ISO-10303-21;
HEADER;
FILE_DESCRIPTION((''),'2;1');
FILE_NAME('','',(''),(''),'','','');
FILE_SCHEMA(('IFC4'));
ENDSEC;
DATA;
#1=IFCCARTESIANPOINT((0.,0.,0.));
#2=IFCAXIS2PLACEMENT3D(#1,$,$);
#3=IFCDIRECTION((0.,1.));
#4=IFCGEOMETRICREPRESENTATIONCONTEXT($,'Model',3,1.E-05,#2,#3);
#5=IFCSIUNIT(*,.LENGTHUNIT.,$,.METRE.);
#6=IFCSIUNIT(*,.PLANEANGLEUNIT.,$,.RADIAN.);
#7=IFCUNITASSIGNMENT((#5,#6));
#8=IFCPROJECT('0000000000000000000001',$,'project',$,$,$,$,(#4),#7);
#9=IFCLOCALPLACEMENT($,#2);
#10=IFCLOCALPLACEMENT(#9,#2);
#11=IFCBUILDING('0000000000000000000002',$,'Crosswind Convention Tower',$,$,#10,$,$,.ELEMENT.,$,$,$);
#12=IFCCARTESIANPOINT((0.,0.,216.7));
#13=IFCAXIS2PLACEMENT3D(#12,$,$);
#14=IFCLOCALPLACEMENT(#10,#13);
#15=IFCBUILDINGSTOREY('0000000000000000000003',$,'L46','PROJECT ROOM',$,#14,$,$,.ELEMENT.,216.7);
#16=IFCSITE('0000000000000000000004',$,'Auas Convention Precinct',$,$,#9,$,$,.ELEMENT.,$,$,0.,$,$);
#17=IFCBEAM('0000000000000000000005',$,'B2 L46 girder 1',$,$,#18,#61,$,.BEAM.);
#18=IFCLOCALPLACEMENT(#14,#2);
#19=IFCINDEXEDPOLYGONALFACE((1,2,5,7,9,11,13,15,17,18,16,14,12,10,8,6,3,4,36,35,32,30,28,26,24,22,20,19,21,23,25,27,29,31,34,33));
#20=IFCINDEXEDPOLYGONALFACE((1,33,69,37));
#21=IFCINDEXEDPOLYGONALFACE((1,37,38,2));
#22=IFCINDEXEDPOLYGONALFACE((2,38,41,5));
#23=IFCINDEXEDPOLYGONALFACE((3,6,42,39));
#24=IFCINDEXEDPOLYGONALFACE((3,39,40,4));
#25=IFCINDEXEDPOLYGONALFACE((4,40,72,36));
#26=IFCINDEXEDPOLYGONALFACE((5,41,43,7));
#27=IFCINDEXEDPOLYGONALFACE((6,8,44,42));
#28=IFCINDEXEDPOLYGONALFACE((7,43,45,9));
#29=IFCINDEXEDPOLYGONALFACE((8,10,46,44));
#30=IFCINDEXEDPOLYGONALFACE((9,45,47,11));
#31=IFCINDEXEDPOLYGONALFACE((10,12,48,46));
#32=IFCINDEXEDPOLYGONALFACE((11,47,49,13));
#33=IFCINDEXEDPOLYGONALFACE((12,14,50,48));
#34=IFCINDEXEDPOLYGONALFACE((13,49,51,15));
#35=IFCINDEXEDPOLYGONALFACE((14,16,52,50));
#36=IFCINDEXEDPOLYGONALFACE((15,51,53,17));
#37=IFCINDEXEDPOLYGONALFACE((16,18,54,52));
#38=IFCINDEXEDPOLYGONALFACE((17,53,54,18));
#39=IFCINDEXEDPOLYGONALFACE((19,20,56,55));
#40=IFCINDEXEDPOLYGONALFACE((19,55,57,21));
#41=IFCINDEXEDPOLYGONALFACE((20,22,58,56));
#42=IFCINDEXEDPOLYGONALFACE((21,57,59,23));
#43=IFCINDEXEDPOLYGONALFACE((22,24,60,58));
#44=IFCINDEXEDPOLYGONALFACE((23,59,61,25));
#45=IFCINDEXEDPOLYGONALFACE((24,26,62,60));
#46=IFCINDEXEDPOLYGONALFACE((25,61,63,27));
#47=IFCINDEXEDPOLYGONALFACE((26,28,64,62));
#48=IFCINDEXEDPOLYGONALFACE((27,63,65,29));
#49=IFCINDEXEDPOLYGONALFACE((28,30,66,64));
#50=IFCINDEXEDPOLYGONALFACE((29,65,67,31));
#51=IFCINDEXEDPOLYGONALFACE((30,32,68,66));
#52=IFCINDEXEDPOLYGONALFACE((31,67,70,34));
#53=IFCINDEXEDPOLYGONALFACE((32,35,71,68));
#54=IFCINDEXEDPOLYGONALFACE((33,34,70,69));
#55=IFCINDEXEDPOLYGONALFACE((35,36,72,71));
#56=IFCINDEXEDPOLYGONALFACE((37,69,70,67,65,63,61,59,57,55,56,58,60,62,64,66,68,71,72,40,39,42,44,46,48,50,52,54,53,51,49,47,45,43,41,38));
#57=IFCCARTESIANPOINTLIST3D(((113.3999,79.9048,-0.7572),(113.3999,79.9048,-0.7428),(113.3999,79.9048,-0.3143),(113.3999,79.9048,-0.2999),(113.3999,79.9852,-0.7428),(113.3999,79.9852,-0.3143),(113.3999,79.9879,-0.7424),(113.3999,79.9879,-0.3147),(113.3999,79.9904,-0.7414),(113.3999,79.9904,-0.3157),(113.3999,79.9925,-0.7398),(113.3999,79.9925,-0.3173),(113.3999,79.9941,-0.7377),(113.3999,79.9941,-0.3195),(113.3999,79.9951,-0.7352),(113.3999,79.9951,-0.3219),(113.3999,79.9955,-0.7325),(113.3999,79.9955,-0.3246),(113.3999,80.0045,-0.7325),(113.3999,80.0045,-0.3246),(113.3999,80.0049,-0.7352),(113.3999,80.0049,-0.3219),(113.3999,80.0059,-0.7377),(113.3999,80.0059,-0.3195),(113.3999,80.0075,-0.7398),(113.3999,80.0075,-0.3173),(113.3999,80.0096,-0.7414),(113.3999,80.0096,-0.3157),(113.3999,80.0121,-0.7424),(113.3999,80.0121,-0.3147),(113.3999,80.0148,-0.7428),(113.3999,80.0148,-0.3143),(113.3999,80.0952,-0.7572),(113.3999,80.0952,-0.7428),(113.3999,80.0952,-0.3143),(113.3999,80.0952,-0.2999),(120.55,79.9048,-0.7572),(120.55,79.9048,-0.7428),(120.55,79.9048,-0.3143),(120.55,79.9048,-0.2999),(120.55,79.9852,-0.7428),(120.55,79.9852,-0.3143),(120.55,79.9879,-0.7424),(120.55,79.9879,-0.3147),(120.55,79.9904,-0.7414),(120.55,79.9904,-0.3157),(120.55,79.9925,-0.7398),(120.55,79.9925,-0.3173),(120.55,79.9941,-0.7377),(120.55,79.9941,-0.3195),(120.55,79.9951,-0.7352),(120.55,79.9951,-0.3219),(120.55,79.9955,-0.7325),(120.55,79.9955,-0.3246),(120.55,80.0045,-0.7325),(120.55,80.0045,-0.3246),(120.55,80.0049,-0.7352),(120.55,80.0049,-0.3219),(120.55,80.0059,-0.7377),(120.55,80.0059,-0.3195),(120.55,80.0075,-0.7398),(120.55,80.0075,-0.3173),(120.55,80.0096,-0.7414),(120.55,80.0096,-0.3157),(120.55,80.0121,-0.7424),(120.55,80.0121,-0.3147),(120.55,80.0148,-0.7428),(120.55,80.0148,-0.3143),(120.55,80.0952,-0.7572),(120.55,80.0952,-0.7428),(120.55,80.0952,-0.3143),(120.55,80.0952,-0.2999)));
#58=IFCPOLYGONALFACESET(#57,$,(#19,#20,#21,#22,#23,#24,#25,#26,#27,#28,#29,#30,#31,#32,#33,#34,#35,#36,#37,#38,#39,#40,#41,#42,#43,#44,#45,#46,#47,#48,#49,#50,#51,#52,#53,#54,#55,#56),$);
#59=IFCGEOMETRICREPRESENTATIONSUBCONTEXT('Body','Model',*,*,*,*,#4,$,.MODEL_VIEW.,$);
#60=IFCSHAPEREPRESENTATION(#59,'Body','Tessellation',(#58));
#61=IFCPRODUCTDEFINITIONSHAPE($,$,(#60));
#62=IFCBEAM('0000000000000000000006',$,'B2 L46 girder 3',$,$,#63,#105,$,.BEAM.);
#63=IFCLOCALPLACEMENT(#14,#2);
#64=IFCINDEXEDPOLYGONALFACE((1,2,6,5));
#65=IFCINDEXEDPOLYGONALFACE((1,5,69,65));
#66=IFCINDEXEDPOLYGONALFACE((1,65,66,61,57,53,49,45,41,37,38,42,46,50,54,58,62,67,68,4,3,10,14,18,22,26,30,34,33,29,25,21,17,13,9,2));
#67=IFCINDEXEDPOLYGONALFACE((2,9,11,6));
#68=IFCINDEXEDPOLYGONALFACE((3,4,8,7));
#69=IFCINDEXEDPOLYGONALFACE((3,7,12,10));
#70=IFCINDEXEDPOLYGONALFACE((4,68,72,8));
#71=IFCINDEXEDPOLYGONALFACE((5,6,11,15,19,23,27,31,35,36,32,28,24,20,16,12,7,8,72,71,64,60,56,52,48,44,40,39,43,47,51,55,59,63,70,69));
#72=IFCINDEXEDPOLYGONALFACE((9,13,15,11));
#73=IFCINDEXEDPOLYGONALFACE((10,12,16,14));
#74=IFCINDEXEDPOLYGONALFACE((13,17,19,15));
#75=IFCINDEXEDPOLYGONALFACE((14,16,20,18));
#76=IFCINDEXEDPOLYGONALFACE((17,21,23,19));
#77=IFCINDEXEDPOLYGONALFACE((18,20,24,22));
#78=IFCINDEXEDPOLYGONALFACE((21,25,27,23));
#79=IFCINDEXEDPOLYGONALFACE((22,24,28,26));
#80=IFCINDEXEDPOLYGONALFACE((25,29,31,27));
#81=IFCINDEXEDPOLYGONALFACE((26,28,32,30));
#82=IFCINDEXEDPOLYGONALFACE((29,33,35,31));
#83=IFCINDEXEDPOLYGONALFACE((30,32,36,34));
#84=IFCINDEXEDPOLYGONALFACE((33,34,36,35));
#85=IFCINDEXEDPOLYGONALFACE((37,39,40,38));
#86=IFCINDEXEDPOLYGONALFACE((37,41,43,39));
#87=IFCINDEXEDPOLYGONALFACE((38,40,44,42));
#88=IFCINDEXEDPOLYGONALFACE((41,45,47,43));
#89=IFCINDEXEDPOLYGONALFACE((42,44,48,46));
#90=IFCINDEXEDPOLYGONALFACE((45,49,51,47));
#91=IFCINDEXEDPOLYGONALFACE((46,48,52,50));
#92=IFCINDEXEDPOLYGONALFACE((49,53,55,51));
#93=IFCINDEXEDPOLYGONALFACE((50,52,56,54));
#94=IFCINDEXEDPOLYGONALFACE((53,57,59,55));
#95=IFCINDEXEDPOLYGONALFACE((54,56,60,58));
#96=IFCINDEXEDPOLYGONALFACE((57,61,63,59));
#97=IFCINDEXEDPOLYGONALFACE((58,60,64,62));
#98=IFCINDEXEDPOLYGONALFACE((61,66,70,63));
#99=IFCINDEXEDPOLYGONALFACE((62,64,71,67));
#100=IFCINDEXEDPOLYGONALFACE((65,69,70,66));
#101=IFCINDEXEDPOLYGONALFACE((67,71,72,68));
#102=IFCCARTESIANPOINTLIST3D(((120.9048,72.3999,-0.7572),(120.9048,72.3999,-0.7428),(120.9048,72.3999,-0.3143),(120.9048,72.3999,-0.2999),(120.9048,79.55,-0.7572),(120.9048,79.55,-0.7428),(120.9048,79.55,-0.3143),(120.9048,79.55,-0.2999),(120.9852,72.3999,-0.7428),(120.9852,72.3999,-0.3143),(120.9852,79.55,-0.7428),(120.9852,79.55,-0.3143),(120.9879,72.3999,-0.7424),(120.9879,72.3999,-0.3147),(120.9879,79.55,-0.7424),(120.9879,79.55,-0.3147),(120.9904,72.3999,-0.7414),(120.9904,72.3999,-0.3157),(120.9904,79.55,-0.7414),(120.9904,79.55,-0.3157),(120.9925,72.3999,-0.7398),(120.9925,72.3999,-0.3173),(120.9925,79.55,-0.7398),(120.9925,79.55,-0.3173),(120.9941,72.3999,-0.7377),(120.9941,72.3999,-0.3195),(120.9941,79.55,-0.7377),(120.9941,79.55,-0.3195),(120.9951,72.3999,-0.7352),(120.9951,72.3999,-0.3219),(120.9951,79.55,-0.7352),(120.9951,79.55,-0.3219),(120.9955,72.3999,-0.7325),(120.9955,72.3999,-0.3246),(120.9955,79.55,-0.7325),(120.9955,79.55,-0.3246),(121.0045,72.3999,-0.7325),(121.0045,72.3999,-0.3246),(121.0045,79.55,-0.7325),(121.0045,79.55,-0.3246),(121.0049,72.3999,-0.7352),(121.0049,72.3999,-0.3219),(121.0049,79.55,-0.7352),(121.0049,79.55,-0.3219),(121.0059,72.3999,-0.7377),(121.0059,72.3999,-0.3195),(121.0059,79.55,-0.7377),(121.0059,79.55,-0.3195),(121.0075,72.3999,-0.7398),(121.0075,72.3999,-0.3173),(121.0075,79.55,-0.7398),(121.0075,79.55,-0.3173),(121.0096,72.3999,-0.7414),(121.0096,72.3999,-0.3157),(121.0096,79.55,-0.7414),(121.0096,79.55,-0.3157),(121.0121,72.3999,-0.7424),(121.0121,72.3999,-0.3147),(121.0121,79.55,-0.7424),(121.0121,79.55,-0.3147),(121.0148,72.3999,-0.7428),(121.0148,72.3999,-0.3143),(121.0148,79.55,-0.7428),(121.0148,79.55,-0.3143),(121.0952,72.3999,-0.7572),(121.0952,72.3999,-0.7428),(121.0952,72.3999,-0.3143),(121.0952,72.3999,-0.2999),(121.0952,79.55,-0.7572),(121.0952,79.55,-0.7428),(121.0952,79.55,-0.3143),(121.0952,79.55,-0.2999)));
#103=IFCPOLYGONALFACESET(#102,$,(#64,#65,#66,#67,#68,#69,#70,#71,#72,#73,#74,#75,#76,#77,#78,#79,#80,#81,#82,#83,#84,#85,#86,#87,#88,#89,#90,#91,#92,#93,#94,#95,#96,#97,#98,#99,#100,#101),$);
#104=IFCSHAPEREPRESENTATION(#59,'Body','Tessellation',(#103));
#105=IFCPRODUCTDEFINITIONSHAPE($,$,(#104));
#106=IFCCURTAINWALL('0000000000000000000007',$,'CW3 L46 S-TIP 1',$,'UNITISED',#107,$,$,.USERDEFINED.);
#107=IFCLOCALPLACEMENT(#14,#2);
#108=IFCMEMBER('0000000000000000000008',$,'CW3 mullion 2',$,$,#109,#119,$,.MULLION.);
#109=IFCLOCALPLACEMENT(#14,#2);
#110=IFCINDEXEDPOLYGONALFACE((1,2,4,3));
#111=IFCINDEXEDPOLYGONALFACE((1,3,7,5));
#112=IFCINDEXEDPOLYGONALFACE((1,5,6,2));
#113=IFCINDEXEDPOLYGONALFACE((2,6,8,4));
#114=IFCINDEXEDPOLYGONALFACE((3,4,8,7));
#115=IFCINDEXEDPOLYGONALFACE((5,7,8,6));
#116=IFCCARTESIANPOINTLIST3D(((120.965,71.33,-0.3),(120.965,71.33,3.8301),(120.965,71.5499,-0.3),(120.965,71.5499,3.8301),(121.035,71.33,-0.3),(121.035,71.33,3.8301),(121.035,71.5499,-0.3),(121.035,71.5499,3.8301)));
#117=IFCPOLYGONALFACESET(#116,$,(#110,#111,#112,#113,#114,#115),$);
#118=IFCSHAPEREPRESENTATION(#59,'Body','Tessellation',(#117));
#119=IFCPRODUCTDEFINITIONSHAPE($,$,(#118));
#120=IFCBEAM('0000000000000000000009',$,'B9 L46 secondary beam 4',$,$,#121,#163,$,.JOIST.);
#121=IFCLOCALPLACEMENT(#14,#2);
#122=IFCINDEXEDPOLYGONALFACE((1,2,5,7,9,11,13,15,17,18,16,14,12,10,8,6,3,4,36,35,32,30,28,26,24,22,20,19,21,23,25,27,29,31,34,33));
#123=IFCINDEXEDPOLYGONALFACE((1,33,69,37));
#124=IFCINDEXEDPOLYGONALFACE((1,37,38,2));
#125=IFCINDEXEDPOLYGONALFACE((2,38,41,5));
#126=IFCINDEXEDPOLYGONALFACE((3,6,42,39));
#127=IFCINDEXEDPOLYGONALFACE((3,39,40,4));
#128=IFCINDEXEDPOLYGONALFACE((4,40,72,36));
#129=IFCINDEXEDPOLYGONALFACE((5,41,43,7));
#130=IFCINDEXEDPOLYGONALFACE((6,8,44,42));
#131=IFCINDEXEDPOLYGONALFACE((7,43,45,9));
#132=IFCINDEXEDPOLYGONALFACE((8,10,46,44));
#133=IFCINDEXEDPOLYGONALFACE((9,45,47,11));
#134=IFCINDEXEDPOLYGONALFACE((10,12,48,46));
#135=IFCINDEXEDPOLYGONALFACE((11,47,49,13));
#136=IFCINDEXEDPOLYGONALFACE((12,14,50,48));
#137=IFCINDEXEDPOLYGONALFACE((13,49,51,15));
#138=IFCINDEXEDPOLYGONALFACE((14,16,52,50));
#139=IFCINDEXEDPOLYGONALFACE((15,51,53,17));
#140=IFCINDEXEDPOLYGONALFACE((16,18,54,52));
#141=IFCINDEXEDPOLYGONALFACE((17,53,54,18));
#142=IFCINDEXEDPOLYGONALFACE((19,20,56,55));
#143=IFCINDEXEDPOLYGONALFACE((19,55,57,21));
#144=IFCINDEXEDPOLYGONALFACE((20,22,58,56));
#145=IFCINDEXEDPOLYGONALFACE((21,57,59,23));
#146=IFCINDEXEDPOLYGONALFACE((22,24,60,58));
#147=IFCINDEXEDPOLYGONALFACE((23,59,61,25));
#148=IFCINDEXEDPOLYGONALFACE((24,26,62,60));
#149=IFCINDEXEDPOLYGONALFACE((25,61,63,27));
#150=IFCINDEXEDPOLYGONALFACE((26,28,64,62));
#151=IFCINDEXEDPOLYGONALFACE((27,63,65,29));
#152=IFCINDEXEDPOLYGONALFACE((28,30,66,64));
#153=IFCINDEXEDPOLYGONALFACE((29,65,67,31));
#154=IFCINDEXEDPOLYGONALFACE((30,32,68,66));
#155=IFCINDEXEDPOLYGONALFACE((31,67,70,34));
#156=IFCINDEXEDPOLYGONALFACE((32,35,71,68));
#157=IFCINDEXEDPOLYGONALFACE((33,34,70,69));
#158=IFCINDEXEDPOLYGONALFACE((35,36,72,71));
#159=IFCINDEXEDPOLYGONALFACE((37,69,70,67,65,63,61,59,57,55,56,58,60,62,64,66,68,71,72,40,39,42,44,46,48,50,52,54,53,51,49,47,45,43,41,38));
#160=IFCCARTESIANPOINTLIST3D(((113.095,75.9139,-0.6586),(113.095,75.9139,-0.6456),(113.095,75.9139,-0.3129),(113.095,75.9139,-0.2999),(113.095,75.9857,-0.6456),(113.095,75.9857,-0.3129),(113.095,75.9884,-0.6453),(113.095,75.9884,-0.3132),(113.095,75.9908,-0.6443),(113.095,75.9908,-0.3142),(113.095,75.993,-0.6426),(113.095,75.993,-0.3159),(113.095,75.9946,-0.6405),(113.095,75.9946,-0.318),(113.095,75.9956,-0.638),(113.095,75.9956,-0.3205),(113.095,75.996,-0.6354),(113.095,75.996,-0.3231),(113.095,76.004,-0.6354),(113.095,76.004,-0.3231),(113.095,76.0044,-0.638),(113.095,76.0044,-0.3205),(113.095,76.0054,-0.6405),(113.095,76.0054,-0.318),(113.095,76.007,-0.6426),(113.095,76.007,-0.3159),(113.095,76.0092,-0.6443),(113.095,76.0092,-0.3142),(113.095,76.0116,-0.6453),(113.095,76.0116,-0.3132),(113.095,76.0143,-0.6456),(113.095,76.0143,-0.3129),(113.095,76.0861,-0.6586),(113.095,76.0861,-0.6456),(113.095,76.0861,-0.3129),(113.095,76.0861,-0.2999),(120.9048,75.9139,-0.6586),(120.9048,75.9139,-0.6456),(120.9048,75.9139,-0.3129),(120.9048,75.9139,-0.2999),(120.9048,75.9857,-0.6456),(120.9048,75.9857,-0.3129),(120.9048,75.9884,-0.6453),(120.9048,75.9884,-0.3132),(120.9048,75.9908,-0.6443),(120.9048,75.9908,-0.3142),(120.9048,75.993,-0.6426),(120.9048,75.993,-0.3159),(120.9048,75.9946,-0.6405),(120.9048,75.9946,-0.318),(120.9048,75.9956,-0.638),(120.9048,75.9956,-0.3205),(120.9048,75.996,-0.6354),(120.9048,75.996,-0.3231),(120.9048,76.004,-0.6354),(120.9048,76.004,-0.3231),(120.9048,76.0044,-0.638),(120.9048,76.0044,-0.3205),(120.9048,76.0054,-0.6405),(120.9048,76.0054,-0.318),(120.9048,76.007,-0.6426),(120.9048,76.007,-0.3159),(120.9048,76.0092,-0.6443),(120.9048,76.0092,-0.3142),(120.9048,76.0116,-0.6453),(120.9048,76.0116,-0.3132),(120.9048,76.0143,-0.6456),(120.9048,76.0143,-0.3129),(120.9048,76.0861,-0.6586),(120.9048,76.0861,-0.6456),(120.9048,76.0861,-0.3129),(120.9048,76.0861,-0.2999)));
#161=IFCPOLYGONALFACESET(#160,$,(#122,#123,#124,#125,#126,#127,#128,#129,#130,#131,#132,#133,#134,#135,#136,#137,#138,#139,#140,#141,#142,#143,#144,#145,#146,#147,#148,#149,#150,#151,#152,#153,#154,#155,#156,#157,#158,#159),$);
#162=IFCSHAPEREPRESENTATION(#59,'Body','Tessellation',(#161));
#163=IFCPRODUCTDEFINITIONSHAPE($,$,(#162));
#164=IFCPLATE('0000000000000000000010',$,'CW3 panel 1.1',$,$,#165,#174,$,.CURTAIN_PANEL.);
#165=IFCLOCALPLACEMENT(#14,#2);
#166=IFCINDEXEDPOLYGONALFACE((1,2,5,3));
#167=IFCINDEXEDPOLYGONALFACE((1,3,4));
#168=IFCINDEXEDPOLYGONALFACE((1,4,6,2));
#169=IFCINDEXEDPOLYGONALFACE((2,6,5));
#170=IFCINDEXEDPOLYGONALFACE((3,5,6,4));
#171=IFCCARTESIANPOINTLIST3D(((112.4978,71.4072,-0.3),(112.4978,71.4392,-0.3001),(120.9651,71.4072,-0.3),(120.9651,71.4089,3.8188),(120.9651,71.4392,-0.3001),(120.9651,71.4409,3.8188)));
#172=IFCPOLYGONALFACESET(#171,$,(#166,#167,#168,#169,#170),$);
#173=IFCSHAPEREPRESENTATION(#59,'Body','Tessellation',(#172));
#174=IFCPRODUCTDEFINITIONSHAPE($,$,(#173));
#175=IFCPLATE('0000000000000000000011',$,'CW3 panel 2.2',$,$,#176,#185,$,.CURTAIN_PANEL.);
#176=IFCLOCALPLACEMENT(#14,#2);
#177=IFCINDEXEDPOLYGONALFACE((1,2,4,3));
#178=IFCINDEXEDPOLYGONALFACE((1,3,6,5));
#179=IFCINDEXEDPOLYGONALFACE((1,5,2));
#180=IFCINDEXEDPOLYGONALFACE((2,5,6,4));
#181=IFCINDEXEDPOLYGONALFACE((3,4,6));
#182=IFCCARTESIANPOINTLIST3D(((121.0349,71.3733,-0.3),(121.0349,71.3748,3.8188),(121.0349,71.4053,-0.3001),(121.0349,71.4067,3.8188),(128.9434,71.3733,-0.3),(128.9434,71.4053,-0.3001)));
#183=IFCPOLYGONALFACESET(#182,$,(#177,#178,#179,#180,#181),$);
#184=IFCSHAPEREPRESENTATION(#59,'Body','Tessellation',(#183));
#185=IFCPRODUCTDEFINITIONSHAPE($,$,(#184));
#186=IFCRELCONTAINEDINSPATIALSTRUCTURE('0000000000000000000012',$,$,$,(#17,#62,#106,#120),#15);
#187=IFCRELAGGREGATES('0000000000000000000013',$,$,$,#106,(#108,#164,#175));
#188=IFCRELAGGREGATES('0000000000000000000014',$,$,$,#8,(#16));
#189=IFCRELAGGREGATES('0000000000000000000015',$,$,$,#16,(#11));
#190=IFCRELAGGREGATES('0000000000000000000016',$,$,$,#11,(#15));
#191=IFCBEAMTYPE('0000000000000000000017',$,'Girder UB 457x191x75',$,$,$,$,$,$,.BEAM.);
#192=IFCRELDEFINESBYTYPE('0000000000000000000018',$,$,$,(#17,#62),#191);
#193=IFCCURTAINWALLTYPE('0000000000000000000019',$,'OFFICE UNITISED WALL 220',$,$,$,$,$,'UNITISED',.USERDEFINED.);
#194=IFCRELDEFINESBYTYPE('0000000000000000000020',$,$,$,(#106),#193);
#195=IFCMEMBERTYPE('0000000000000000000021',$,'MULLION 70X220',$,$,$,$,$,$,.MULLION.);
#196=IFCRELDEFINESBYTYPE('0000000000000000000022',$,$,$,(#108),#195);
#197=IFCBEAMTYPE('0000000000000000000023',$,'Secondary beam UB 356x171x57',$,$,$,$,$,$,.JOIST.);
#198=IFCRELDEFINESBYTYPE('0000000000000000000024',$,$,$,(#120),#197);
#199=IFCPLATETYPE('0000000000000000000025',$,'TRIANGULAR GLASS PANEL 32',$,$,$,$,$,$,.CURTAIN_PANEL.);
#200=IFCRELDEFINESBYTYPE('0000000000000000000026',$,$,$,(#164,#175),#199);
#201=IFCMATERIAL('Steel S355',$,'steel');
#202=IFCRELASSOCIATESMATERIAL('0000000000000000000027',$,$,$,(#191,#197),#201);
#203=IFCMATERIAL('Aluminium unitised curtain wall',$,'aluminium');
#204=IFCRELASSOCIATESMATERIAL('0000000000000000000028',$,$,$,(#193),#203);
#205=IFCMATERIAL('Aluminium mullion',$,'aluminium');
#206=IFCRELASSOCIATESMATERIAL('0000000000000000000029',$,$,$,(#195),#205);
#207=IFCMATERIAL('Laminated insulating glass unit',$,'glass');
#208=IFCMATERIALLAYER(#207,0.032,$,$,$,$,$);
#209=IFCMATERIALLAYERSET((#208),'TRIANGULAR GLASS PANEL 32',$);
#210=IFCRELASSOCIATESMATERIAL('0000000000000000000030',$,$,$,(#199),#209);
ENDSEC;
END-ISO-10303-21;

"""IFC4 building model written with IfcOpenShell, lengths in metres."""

from ifc_helpers import new_model, si_unit, direction, frame, origin, origin_2d, place, context, subcontext, project, spatial, polyline, rectangle, i_section, outline, extrude, material, layer, layer_set, material_profile, profile_set, type_object, element, aggregate, save


model = new_model("IFC4")

# Units and contexts
model_context = context("Model", 3, precision=1e-05, world=origin(), true_north=direction((0.0, 1.0)))
body_context = subcontext(model_context, "Body", "Model", "MODEL_VIEW")
ifc_project = project(units=[si_unit("LENGTHUNIT", "METRE"), si_unit("PLANEANGLEUNIT", "RADIAN")], contexts=[model_context])

# Site, building, storey
site_placement = place(None, origin())
site = spatial("IfcSite", under=ifc_project, at=site_placement, Name="Auas Convention Precinct", CompositionType="ELEMENT", RefElevation=0.0)
building_placement = place(site_placement, origin())
building = spatial("IfcBuilding", under=site, at=building_placement, Name="Crosswind Convention Tower", CompositionType="ELEMENT")
storey_placement = place(building_placement, frame((0.0, 0.0, 216.7)))
storey = spatial("IfcBuildingStorey", under=building, at=storey_placement, Name="L46", Description="PROJECT ROOM", CompositionType="ELEMENT", Elevation=216.7)

# Beams
ifc_material_1 = material(Name="Steel S355", Category="steel")
ifc_material_profile_1 = material_profile(ifc_material_1, i_section(OverallWidth=0.1904, OverallDepth=0.4573, WebThickness=0.009, FlangeThickness=0.0144, FilletRadius=0.0103, at=origin_2d()), Name="UB 457x191x75")
ifc_profile_set_1 = profile_set([ifc_material_profile_1], Name="Steel S355")
beam_type_1 = type_object("IfcBeamType", Name="Girder UB 457x191x75", PredefinedType="BEAM", material=ifc_profile_set_1)
for number, where, z_axis, x_axis, name in (
    (1, (113.3999, 80.0, -0.5286), (1.0, 0.0, 0.0), (0.0, 1.0, 0.0), "B2 L46 girder 1"),
    (2, (121.0, 72.3999, -0.5286), (0.0, 1.0, 0.0), (-1.0, 0.0, 0.0), "B2 L46 girder 3"),
):
    element("IfcBeam", number, at=place(storey_placement, frame(where, z_axis=z_axis, x_axis=x_axis)), inside=storey, type_object=beam_type_1, Name=name, PredefinedType="BEAM", context=body_context, shape_type="SweptSolid", body=[
        extrude(i_section(OverallWidth=0.1904, OverallDepth=0.4573, WebThickness=0.009, FlangeThickness=0.0144, FilletRadius=0.0103, at=origin_2d()), origin(), (0.0, 0.0, 1.0), 7.1501),
    ])

# Curtain wall, member
ifc_material_2 = material(Name="Aluminium unitised curtain wall", Category="aluminium")
curtain_wall_type = type_object("IfcCurtainWallType", Name="OFFICE UNITISED WALL 220", ElementType="UNITISED", PredefinedType="USERDEFINED", material=ifc_material_2)
curtain_wall_placement = place(storey_placement, origin())
curtain_wall = element("IfcCurtainWall", 3, at=curtain_wall_placement, inside=storey, type_object=curtain_wall_type, Name="CW3 L46 S-TIP 1", ObjectType="UNITISED", PredefinedType="USERDEFINED")
ifc_material_3 = material(Name="Aluminium mullion", Category="aluminium")
ifc_material_profile_2 = material_profile(ifc_material_3, rectangle(XDim=0.22, YDim=0.0701, at=origin_2d()), Name="AL 220X70")
ifc_profile_set_2 = profile_set([ifc_material_profile_2], Name="Aluminium mullion")
member_type = type_object("IfcMemberType", Name="MULLION 70X220", PredefinedType="MULLION", material=ifc_profile_set_2)
member_placement = place(storey_placement, frame((121.0, 71.4399, -0.3), z_axis=(0.0, 0.0, 1.0), x_axis=(0.0, -1.0, 0.0)))
member = element("IfcMember", 4, at=member_placement, type_object=member_type, Name="CW3 mullion 2", PredefinedType="MULLION", context=body_context, shape_type="SweptSolid", body=[
    extrude(rectangle(XDim=0.22, YDim=0.0701, at=origin_2d()), origin(), (0.0, 0.0, 1.0), 4.1301),
])

# Beam
ifc_material_profile_3 = material_profile(ifc_material_1, i_section(OverallWidth=0.1721, OverallDepth=0.3586, WebThickness=0.0081, FlangeThickness=0.0129, FilletRadius=0.0103, at=origin_2d()), Name="UB 356x171x57")
ifc_profile_set_3 = profile_set([ifc_material_profile_3], Name="Steel S355")
beam_type_2 = type_object("IfcBeamType", Name="Secondary beam UB 356x171x57", PredefinedType="JOIST", material=ifc_profile_set_3)
beam_placement = place(storey_placement, frame((113.095, 76.0, -0.4792), z_axis=(1.0, 0.0, 0.0), x_axis=(0.0, 1.0, 0.0)))
element("IfcBeam", 5, at=beam_placement, inside=storey, type_object=beam_type_2, Name="B9 L46 secondary beam 4", PredefinedType="JOIST", context=body_context, shape_type="SweptSolid", body=[
    extrude(i_section(OverallWidth=0.1721, OverallDepth=0.3586, WebThickness=0.0081, FlangeThickness=0.0129, FilletRadius=0.0103, at=origin_2d()), origin(), (0.0, 0.0, 1.0), 7.8098),
])

# Plates
ifc_material_4 = material(Name="Laminated insulating glass unit", Category="glass")
ifc_layer_1 = layer(ifc_material_4, 0.032)
ifc_layer_set_1 = layer_set([ifc_layer_1], Name="TRIANGULAR GLASS PANEL 32")
plate_type = type_object("IfcPlateType", Name="TRIANGULAR GLASS PANEL 32", PredefinedType="CURTAIN_PANEL", material=ifc_layer_set_1)
plate_1_placement = place(storey_placement, frame((120.9651, 71.4072, -0.3), z_axis=(0.0, -1.0, 0.000415), x_axis=(0.0, 0.000415, 1.0)))
plate_1 = element("IfcPlate", 6, at=plate_1_placement, type_object=plate_type, Name="CW3 panel 1.1", PredefinedType="CURTAIN_PANEL", context=body_context, shape_type="SweptSolid", body=[
    extrude(outline(polyline([(0.0, 0.0), (4.1189, 0.0), (0.0, 8.4673), (0.0, 0.0)])), origin(), (0.0, 0.0, -1.0), 0.032),
])
plate_2_placement = place(storey_placement, frame((121.0349, 71.3733, -0.3), z_axis=(0.0, -1.0, 0.000356), x_axis=(1.0, 0.0, 0.0)))
plate_2 = element("IfcPlate", 7, at=plate_2_placement, type_object=plate_type, Name="CW3 panel 2.2", PredefinedType="CURTAIN_PANEL", context=body_context, shape_type="SweptSolid", body=[
    extrude(outline(polyline([(0.0, 0.0), (7.9084, 0.0), (0.0, 4.1189), (0.0, 0.0)])), origin(), (0.0, 0.0, -1.0), 0.032),
])
aggregate(curtain_wall, [member, plate_1, plate_2])

save(model, "model.ifc")
